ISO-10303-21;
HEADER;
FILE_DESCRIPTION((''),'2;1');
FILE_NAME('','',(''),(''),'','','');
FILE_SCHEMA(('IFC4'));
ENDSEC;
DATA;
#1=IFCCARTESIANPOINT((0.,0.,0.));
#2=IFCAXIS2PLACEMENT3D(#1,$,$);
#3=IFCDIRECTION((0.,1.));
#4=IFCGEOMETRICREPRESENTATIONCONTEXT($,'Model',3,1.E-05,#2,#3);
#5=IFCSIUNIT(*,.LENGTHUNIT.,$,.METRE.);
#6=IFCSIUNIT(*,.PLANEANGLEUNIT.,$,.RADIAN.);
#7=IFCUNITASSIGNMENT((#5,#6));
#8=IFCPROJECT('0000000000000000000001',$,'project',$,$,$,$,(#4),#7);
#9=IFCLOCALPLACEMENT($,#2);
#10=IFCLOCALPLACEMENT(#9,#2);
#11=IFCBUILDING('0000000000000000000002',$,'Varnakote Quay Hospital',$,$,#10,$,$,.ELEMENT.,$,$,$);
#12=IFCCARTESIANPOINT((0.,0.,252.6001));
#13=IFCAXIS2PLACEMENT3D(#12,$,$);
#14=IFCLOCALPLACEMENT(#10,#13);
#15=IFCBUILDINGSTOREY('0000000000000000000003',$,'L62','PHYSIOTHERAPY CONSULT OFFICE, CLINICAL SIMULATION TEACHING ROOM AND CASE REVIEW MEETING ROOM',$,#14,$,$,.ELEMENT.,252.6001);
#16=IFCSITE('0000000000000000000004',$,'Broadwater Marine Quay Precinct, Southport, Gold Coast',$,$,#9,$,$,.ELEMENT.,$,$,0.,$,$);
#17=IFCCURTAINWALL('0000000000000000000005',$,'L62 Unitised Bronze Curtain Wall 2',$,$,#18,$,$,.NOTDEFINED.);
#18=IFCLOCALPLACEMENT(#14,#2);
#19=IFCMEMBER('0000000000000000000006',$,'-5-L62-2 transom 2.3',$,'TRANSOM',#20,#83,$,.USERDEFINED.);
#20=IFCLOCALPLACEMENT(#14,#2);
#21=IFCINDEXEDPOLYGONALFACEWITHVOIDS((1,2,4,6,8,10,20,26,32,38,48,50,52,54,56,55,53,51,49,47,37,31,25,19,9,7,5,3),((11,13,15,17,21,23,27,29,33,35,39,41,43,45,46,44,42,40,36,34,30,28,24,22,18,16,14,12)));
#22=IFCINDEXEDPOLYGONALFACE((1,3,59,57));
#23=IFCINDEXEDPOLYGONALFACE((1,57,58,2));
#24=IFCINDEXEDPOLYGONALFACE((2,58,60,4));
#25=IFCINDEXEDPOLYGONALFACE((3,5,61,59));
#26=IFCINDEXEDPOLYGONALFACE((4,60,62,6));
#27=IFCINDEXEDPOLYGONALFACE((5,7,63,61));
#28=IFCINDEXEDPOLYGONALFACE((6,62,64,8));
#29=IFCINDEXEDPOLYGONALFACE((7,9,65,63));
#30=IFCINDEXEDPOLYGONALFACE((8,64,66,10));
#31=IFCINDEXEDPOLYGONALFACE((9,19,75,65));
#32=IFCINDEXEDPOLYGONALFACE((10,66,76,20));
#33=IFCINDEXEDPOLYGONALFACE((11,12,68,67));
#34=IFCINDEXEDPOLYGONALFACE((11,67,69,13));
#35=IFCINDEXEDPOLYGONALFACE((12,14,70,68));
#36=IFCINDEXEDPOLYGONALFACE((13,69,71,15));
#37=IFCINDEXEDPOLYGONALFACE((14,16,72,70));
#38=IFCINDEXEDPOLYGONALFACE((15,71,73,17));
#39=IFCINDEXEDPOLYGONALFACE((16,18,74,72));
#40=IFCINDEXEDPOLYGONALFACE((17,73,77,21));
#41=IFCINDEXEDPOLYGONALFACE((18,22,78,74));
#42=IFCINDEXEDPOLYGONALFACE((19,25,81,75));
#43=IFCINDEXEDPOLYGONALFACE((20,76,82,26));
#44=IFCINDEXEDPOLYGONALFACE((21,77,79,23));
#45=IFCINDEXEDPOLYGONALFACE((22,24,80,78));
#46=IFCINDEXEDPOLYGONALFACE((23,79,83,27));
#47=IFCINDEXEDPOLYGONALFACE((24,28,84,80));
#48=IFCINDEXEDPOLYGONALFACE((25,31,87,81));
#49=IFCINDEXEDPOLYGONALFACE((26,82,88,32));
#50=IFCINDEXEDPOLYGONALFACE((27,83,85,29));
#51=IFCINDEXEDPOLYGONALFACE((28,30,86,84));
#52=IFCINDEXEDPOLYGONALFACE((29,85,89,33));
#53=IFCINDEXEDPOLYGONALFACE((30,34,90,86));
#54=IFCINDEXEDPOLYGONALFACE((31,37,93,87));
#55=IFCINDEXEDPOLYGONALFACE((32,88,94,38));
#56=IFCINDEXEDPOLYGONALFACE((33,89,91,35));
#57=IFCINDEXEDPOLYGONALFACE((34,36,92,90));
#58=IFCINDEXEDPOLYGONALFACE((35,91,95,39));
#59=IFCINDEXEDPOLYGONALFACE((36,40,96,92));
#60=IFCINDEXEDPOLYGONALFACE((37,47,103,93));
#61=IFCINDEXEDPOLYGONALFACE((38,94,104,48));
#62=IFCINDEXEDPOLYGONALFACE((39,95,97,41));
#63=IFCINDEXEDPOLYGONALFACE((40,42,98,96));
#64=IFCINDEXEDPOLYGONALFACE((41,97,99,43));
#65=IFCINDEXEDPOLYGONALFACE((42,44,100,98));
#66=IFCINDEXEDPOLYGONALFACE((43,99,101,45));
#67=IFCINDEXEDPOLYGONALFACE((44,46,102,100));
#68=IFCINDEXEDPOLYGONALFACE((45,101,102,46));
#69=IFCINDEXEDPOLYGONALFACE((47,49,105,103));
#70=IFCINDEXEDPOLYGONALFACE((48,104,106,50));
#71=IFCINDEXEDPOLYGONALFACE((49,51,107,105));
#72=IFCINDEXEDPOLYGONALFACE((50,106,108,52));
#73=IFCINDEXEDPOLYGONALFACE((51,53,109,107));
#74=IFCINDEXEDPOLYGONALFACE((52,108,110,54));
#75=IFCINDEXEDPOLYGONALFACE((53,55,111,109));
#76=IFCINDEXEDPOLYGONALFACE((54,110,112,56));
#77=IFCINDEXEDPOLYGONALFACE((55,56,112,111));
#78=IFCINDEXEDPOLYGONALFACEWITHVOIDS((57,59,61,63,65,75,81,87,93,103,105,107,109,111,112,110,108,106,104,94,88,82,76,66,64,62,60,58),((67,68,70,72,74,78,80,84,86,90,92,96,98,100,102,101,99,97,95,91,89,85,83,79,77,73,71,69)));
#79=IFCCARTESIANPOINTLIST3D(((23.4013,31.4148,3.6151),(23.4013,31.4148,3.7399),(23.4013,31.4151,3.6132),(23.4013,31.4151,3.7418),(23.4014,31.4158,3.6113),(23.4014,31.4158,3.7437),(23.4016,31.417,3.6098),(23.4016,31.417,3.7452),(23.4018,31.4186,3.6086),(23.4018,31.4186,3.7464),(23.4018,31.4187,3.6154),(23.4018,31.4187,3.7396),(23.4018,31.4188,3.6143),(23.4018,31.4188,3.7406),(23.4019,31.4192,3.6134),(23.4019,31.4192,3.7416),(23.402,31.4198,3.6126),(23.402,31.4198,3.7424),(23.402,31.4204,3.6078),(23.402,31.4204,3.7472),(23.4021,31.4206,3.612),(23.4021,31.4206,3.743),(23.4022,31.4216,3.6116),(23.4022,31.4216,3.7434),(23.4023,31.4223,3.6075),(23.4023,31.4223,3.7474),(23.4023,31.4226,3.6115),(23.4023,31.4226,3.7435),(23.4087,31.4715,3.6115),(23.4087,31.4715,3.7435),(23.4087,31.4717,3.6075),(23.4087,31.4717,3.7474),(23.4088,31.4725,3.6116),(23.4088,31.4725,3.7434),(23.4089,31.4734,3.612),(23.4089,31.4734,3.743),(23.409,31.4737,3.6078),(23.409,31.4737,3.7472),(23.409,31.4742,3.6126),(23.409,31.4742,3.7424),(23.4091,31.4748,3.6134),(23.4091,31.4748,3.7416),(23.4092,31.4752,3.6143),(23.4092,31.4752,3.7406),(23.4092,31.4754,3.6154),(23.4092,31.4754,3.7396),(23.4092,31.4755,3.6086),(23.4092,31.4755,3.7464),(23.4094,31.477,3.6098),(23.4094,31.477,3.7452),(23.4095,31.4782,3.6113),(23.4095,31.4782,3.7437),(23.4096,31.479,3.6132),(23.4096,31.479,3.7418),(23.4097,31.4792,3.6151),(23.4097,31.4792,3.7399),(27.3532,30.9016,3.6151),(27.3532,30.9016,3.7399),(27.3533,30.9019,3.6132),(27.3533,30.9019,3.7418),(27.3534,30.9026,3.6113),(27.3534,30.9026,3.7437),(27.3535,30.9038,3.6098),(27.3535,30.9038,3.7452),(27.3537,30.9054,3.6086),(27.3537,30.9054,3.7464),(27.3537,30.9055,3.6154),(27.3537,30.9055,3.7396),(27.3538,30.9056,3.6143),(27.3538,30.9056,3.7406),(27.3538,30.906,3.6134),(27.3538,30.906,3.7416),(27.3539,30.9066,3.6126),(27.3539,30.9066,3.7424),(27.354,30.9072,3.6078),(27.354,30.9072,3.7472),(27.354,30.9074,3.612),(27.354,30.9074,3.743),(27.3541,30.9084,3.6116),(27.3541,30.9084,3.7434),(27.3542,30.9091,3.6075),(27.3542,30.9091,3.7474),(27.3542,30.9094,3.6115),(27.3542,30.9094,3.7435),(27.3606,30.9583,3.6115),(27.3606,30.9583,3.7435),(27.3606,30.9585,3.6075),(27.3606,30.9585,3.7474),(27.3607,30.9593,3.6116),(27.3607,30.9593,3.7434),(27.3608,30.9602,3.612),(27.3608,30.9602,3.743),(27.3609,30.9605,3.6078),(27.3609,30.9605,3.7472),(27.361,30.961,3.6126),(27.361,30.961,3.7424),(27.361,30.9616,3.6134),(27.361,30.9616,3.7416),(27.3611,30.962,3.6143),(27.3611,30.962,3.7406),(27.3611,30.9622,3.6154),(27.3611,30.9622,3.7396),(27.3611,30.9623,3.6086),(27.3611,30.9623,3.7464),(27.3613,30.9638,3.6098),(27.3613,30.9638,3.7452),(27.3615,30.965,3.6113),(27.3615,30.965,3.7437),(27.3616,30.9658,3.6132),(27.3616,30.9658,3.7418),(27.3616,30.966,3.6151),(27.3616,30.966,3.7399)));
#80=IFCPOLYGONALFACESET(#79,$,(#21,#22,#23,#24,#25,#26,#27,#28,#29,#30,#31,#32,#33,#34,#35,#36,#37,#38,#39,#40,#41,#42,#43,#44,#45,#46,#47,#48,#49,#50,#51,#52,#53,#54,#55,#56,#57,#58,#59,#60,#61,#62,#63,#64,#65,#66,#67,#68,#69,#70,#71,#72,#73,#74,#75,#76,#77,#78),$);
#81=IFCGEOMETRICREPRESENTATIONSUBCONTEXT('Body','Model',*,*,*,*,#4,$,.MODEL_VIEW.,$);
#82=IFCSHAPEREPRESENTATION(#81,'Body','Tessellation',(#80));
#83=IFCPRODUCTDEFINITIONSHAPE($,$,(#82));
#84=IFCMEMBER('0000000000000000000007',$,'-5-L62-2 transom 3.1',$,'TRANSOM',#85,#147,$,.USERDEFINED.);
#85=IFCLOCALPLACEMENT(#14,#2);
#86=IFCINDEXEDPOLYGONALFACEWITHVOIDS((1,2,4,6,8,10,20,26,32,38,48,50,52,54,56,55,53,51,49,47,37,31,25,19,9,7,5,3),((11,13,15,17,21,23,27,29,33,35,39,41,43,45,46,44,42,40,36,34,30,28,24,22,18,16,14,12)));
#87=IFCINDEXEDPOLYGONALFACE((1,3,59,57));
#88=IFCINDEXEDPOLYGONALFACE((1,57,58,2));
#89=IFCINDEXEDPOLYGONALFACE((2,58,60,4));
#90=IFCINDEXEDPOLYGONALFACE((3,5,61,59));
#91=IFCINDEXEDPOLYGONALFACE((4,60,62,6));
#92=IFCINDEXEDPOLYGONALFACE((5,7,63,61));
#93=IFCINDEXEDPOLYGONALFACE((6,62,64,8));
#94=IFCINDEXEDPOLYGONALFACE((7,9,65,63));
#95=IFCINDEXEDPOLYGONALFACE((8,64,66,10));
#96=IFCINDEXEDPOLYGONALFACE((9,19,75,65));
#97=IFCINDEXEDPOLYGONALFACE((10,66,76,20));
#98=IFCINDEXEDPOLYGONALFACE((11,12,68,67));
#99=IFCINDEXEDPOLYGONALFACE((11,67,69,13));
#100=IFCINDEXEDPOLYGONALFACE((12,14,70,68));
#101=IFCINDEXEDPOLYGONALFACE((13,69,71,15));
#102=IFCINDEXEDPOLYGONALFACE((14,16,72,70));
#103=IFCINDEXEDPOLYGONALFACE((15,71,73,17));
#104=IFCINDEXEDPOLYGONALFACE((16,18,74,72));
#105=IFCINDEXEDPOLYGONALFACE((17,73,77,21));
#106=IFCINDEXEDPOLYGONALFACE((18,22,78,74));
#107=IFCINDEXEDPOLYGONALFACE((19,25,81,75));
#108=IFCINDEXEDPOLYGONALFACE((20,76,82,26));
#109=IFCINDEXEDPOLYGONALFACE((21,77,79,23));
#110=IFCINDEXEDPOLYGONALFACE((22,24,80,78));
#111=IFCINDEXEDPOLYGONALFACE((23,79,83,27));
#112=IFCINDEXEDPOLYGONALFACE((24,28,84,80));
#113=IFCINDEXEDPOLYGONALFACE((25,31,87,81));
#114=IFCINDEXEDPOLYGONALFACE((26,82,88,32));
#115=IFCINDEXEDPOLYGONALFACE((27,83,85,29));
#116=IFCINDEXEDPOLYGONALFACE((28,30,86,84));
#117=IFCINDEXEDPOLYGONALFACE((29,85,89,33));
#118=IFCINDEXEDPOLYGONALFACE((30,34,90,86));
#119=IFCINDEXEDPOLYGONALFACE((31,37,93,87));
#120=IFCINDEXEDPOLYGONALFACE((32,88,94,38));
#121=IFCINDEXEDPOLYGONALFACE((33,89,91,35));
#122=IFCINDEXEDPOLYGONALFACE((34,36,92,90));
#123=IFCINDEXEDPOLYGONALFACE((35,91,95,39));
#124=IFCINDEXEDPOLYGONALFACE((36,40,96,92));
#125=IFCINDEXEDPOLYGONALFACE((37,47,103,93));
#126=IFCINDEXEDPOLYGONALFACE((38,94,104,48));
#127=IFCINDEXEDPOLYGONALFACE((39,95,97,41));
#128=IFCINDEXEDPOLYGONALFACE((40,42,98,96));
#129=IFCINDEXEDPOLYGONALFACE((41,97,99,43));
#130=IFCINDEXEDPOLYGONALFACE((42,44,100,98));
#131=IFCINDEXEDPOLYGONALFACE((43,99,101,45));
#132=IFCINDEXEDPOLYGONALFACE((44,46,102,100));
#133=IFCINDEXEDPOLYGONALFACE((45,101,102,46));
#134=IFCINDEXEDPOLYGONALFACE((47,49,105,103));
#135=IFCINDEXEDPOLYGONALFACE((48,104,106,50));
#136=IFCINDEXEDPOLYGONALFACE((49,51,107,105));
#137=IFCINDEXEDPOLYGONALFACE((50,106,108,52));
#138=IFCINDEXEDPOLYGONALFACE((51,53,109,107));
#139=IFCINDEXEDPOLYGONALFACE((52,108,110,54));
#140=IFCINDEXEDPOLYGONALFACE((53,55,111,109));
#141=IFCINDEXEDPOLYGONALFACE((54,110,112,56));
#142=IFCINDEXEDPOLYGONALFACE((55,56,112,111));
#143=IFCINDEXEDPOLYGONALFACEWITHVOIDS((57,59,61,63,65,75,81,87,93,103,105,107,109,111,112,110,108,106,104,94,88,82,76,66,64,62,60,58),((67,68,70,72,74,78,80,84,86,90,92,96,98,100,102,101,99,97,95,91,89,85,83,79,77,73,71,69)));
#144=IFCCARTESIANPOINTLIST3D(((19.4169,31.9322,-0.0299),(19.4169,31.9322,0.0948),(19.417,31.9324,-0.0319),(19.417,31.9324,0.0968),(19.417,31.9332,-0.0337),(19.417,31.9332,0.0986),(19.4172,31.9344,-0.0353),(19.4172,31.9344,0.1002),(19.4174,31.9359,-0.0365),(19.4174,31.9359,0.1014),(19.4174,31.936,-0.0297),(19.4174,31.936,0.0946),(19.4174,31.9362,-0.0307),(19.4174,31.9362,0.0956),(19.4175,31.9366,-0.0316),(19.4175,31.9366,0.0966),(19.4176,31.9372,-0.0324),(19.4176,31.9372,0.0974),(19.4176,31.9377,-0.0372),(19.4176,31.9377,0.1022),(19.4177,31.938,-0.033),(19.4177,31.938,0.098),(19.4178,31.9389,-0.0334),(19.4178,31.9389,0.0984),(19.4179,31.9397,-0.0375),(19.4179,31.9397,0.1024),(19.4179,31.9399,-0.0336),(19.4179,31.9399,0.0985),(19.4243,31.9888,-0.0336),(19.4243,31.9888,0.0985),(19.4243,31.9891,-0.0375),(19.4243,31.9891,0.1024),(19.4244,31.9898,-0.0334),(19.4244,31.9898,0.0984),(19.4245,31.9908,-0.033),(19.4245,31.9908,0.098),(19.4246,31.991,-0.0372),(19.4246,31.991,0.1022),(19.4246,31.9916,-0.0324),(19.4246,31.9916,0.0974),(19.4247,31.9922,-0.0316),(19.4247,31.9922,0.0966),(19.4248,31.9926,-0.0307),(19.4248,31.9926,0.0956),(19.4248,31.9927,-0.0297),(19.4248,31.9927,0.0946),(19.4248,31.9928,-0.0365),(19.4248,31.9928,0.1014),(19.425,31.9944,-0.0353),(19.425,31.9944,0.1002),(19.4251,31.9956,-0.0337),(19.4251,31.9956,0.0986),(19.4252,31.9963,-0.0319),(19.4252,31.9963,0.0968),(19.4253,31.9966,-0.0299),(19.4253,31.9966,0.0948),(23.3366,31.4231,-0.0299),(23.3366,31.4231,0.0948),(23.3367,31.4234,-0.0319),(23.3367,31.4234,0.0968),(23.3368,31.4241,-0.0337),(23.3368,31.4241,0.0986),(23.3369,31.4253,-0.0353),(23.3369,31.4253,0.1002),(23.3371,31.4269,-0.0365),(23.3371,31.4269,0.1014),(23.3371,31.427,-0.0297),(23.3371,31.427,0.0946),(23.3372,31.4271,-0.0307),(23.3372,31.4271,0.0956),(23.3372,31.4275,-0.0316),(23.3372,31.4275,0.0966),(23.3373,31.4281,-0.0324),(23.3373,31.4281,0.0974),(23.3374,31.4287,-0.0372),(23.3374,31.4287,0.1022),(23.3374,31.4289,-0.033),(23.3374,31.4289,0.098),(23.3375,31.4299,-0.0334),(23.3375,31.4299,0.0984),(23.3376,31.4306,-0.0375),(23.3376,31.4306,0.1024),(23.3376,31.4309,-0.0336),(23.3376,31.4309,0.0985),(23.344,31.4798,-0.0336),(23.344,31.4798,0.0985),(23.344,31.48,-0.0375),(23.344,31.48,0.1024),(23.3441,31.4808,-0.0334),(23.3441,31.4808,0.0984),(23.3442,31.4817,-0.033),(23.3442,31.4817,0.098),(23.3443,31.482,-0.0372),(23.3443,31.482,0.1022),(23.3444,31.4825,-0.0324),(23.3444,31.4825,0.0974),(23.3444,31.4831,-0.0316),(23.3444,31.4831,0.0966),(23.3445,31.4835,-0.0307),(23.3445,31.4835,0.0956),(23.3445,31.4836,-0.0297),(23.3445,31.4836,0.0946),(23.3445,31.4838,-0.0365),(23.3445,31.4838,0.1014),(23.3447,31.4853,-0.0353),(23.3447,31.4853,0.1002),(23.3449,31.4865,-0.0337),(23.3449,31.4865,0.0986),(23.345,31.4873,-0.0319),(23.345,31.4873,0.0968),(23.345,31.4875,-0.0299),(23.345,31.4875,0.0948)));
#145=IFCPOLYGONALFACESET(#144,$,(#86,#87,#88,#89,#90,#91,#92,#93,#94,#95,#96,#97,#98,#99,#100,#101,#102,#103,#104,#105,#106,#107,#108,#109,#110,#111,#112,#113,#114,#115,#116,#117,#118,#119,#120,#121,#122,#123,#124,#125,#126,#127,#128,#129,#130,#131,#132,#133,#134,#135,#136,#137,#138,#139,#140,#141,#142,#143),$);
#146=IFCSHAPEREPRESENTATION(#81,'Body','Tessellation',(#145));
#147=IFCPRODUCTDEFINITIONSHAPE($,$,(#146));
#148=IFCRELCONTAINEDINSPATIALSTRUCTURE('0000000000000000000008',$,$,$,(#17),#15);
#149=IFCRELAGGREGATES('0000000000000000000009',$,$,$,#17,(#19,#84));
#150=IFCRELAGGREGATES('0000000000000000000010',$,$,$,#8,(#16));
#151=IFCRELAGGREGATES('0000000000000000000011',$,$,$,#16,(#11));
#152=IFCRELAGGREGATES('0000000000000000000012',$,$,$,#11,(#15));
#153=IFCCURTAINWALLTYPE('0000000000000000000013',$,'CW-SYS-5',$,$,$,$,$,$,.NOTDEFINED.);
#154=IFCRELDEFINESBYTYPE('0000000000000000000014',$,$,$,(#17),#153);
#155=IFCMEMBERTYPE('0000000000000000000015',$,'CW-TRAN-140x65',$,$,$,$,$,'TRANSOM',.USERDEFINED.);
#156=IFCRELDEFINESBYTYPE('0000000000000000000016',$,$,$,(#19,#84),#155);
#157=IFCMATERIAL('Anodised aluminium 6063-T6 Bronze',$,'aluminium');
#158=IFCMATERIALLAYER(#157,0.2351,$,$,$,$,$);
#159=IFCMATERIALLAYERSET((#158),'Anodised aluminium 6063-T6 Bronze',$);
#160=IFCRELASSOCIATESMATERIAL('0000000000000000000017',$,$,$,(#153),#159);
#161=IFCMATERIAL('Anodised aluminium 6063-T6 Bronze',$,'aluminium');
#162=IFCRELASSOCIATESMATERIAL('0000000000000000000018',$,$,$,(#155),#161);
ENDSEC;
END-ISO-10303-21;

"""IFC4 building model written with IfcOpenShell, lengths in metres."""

from ifc_helpers import new_model, si_unit, direction, frame, origin, origin_2d, place, context, subcontext, project, spatial, hollow_rectangle, extrude, material, layer, layer_set, material_profile, profile_set, type_object, element, aggregate, save


model = new_model("IFC4")

# Units and contexts
model_context = context("Model", 3, precision=1e-05, world=origin(), true_north=direction((0.0, 1.0)))
body_context = subcontext(model_context, "Body", "Model", "MODEL_VIEW")
ifc_project = project(units=[si_unit("LENGTHUNIT", "METRE"), si_unit("PLANEANGLEUNIT", "RADIAN")], contexts=[model_context])

# Site, building, storey
site_placement = place(None, origin())
site = spatial("IfcSite", under=ifc_project, at=site_placement, Name="Broadwater Marine Quay Precinct, Southport, Gold Coast", CompositionType="ELEMENT", RefElevation=0.0)
building_placement = place(site_placement, origin())
building = spatial("IfcBuilding", under=site, at=building_placement, Name="Varnakote Quay Hospital", CompositionType="ELEMENT")
storey_placement = place(building_placement, frame((0.0, 0.0, 252.6001)))
storey = spatial("IfcBuildingStorey", under=building, at=storey_placement, Name="L62", Description="PHYSIOTHERAPY CONSULT OFFICE, CLINICAL SIMULATION TEACHING ROOM AND CASE REVIEW MEETING ROOM", CompositionType="ELEMENT", Elevation=252.6001)

# Shared definitions
ifc_material_1 = material(Name="Anodised aluminium 6063-T6 Bronze", Category="aluminium")
ifc_layer_1 = layer(ifc_material_1, 0.2351)
ifc_layer_set_1 = layer_set([ifc_layer_1], Name="Anodised aluminium 6063-T6 Bronze")
curtain_wall_type = type_object("IfcCurtainWallType", Name="CW-SYS-5", PredefinedType="NOTDEFINED", material=ifc_layer_set_1)

# Curtain wall, members
curtain_wall_1_placement = place(storey_placement, origin())
curtain_wall_1 = element("IfcCurtainWall", 1, at=curtain_wall_1_placement, inside=storey, type_object=curtain_wall_type, Name="L62 Unitised Bronze Curtain Wall 2", PredefinedType="NOTDEFINED")
ifc_material_2 = material(Name="Anodised aluminium 6063-T6 Bronze", Category="aluminium")
ifc_material_profile_1 = material_profile(ifc_material_2, hollow_rectangle(XDim=0.0649, YDim=0.1399, WallThickness=0.0039, InnerFilletRadius=0.0039, OuterFilletRadius=0.0076, at=origin_2d()), Name="CW-TRAN-140x65")
ifc_profile_set_1 = profile_set([ifc_material_profile_1], Name="Anodised aluminium 6063-T6 Bronze")
member_type_1 = type_object("IfcMemberType", Name="CW-TRAN-140x65", ElementType="TRANSOM", PredefinedType="USERDEFINED", material=ifc_profile_set_1)
member_1_placement = place(storey_placement, frame((27.3574, 30.9338, 3.6775), z_axis=(-0.991674, 0.128776, 0.0), x_axis=(-0.128776, -0.991674, 0.0)))
member_1 = element("IfcMember", 2, at=member_1_placement, type_object=member_type_1, Name="-5-L62-2 transom 2.3", ObjectType="TRANSOM", PredefinedType="USERDEFINED", context=body_context, shape_type="SweptSolid", body=[
    extrude(hollow_rectangle(XDim=0.0649, YDim=0.1399, WallThickness=0.0039, InnerFilletRadius=0.0039, OuterFilletRadius=0.0076, at=origin_2d()), origin(), (0.0, 0.0, 1.0), 3.9851),
])
member_2_placement = place(storey_placement, frame((23.3408, 31.4553, 0.0325), z_axis=(-0.991673, 0.128785, 0.0), x_axis=(-0.128785, -0.991673, 0.0)))
member_2 = element("IfcMember", 3, at=member_2_placement, type_object=member_type_1, Name="-5-L62-2 transom 3.1", ObjectType="TRANSOM", PredefinedType="USERDEFINED", context=body_context, shape_type="SweptSolid", body=[
    extrude(hollow_rectangle(XDim=0.0649, YDim=0.1399, WallThickness=0.0039, InnerFilletRadius=0.0039, OuterFilletRadius=0.0076, at=origin_2d()), origin(), (0.0, 0.0, 1.0), 3.9526),
])

aggregate(curtain_wall_1, [member_1, member_2])

save(model, "model.ifc")
